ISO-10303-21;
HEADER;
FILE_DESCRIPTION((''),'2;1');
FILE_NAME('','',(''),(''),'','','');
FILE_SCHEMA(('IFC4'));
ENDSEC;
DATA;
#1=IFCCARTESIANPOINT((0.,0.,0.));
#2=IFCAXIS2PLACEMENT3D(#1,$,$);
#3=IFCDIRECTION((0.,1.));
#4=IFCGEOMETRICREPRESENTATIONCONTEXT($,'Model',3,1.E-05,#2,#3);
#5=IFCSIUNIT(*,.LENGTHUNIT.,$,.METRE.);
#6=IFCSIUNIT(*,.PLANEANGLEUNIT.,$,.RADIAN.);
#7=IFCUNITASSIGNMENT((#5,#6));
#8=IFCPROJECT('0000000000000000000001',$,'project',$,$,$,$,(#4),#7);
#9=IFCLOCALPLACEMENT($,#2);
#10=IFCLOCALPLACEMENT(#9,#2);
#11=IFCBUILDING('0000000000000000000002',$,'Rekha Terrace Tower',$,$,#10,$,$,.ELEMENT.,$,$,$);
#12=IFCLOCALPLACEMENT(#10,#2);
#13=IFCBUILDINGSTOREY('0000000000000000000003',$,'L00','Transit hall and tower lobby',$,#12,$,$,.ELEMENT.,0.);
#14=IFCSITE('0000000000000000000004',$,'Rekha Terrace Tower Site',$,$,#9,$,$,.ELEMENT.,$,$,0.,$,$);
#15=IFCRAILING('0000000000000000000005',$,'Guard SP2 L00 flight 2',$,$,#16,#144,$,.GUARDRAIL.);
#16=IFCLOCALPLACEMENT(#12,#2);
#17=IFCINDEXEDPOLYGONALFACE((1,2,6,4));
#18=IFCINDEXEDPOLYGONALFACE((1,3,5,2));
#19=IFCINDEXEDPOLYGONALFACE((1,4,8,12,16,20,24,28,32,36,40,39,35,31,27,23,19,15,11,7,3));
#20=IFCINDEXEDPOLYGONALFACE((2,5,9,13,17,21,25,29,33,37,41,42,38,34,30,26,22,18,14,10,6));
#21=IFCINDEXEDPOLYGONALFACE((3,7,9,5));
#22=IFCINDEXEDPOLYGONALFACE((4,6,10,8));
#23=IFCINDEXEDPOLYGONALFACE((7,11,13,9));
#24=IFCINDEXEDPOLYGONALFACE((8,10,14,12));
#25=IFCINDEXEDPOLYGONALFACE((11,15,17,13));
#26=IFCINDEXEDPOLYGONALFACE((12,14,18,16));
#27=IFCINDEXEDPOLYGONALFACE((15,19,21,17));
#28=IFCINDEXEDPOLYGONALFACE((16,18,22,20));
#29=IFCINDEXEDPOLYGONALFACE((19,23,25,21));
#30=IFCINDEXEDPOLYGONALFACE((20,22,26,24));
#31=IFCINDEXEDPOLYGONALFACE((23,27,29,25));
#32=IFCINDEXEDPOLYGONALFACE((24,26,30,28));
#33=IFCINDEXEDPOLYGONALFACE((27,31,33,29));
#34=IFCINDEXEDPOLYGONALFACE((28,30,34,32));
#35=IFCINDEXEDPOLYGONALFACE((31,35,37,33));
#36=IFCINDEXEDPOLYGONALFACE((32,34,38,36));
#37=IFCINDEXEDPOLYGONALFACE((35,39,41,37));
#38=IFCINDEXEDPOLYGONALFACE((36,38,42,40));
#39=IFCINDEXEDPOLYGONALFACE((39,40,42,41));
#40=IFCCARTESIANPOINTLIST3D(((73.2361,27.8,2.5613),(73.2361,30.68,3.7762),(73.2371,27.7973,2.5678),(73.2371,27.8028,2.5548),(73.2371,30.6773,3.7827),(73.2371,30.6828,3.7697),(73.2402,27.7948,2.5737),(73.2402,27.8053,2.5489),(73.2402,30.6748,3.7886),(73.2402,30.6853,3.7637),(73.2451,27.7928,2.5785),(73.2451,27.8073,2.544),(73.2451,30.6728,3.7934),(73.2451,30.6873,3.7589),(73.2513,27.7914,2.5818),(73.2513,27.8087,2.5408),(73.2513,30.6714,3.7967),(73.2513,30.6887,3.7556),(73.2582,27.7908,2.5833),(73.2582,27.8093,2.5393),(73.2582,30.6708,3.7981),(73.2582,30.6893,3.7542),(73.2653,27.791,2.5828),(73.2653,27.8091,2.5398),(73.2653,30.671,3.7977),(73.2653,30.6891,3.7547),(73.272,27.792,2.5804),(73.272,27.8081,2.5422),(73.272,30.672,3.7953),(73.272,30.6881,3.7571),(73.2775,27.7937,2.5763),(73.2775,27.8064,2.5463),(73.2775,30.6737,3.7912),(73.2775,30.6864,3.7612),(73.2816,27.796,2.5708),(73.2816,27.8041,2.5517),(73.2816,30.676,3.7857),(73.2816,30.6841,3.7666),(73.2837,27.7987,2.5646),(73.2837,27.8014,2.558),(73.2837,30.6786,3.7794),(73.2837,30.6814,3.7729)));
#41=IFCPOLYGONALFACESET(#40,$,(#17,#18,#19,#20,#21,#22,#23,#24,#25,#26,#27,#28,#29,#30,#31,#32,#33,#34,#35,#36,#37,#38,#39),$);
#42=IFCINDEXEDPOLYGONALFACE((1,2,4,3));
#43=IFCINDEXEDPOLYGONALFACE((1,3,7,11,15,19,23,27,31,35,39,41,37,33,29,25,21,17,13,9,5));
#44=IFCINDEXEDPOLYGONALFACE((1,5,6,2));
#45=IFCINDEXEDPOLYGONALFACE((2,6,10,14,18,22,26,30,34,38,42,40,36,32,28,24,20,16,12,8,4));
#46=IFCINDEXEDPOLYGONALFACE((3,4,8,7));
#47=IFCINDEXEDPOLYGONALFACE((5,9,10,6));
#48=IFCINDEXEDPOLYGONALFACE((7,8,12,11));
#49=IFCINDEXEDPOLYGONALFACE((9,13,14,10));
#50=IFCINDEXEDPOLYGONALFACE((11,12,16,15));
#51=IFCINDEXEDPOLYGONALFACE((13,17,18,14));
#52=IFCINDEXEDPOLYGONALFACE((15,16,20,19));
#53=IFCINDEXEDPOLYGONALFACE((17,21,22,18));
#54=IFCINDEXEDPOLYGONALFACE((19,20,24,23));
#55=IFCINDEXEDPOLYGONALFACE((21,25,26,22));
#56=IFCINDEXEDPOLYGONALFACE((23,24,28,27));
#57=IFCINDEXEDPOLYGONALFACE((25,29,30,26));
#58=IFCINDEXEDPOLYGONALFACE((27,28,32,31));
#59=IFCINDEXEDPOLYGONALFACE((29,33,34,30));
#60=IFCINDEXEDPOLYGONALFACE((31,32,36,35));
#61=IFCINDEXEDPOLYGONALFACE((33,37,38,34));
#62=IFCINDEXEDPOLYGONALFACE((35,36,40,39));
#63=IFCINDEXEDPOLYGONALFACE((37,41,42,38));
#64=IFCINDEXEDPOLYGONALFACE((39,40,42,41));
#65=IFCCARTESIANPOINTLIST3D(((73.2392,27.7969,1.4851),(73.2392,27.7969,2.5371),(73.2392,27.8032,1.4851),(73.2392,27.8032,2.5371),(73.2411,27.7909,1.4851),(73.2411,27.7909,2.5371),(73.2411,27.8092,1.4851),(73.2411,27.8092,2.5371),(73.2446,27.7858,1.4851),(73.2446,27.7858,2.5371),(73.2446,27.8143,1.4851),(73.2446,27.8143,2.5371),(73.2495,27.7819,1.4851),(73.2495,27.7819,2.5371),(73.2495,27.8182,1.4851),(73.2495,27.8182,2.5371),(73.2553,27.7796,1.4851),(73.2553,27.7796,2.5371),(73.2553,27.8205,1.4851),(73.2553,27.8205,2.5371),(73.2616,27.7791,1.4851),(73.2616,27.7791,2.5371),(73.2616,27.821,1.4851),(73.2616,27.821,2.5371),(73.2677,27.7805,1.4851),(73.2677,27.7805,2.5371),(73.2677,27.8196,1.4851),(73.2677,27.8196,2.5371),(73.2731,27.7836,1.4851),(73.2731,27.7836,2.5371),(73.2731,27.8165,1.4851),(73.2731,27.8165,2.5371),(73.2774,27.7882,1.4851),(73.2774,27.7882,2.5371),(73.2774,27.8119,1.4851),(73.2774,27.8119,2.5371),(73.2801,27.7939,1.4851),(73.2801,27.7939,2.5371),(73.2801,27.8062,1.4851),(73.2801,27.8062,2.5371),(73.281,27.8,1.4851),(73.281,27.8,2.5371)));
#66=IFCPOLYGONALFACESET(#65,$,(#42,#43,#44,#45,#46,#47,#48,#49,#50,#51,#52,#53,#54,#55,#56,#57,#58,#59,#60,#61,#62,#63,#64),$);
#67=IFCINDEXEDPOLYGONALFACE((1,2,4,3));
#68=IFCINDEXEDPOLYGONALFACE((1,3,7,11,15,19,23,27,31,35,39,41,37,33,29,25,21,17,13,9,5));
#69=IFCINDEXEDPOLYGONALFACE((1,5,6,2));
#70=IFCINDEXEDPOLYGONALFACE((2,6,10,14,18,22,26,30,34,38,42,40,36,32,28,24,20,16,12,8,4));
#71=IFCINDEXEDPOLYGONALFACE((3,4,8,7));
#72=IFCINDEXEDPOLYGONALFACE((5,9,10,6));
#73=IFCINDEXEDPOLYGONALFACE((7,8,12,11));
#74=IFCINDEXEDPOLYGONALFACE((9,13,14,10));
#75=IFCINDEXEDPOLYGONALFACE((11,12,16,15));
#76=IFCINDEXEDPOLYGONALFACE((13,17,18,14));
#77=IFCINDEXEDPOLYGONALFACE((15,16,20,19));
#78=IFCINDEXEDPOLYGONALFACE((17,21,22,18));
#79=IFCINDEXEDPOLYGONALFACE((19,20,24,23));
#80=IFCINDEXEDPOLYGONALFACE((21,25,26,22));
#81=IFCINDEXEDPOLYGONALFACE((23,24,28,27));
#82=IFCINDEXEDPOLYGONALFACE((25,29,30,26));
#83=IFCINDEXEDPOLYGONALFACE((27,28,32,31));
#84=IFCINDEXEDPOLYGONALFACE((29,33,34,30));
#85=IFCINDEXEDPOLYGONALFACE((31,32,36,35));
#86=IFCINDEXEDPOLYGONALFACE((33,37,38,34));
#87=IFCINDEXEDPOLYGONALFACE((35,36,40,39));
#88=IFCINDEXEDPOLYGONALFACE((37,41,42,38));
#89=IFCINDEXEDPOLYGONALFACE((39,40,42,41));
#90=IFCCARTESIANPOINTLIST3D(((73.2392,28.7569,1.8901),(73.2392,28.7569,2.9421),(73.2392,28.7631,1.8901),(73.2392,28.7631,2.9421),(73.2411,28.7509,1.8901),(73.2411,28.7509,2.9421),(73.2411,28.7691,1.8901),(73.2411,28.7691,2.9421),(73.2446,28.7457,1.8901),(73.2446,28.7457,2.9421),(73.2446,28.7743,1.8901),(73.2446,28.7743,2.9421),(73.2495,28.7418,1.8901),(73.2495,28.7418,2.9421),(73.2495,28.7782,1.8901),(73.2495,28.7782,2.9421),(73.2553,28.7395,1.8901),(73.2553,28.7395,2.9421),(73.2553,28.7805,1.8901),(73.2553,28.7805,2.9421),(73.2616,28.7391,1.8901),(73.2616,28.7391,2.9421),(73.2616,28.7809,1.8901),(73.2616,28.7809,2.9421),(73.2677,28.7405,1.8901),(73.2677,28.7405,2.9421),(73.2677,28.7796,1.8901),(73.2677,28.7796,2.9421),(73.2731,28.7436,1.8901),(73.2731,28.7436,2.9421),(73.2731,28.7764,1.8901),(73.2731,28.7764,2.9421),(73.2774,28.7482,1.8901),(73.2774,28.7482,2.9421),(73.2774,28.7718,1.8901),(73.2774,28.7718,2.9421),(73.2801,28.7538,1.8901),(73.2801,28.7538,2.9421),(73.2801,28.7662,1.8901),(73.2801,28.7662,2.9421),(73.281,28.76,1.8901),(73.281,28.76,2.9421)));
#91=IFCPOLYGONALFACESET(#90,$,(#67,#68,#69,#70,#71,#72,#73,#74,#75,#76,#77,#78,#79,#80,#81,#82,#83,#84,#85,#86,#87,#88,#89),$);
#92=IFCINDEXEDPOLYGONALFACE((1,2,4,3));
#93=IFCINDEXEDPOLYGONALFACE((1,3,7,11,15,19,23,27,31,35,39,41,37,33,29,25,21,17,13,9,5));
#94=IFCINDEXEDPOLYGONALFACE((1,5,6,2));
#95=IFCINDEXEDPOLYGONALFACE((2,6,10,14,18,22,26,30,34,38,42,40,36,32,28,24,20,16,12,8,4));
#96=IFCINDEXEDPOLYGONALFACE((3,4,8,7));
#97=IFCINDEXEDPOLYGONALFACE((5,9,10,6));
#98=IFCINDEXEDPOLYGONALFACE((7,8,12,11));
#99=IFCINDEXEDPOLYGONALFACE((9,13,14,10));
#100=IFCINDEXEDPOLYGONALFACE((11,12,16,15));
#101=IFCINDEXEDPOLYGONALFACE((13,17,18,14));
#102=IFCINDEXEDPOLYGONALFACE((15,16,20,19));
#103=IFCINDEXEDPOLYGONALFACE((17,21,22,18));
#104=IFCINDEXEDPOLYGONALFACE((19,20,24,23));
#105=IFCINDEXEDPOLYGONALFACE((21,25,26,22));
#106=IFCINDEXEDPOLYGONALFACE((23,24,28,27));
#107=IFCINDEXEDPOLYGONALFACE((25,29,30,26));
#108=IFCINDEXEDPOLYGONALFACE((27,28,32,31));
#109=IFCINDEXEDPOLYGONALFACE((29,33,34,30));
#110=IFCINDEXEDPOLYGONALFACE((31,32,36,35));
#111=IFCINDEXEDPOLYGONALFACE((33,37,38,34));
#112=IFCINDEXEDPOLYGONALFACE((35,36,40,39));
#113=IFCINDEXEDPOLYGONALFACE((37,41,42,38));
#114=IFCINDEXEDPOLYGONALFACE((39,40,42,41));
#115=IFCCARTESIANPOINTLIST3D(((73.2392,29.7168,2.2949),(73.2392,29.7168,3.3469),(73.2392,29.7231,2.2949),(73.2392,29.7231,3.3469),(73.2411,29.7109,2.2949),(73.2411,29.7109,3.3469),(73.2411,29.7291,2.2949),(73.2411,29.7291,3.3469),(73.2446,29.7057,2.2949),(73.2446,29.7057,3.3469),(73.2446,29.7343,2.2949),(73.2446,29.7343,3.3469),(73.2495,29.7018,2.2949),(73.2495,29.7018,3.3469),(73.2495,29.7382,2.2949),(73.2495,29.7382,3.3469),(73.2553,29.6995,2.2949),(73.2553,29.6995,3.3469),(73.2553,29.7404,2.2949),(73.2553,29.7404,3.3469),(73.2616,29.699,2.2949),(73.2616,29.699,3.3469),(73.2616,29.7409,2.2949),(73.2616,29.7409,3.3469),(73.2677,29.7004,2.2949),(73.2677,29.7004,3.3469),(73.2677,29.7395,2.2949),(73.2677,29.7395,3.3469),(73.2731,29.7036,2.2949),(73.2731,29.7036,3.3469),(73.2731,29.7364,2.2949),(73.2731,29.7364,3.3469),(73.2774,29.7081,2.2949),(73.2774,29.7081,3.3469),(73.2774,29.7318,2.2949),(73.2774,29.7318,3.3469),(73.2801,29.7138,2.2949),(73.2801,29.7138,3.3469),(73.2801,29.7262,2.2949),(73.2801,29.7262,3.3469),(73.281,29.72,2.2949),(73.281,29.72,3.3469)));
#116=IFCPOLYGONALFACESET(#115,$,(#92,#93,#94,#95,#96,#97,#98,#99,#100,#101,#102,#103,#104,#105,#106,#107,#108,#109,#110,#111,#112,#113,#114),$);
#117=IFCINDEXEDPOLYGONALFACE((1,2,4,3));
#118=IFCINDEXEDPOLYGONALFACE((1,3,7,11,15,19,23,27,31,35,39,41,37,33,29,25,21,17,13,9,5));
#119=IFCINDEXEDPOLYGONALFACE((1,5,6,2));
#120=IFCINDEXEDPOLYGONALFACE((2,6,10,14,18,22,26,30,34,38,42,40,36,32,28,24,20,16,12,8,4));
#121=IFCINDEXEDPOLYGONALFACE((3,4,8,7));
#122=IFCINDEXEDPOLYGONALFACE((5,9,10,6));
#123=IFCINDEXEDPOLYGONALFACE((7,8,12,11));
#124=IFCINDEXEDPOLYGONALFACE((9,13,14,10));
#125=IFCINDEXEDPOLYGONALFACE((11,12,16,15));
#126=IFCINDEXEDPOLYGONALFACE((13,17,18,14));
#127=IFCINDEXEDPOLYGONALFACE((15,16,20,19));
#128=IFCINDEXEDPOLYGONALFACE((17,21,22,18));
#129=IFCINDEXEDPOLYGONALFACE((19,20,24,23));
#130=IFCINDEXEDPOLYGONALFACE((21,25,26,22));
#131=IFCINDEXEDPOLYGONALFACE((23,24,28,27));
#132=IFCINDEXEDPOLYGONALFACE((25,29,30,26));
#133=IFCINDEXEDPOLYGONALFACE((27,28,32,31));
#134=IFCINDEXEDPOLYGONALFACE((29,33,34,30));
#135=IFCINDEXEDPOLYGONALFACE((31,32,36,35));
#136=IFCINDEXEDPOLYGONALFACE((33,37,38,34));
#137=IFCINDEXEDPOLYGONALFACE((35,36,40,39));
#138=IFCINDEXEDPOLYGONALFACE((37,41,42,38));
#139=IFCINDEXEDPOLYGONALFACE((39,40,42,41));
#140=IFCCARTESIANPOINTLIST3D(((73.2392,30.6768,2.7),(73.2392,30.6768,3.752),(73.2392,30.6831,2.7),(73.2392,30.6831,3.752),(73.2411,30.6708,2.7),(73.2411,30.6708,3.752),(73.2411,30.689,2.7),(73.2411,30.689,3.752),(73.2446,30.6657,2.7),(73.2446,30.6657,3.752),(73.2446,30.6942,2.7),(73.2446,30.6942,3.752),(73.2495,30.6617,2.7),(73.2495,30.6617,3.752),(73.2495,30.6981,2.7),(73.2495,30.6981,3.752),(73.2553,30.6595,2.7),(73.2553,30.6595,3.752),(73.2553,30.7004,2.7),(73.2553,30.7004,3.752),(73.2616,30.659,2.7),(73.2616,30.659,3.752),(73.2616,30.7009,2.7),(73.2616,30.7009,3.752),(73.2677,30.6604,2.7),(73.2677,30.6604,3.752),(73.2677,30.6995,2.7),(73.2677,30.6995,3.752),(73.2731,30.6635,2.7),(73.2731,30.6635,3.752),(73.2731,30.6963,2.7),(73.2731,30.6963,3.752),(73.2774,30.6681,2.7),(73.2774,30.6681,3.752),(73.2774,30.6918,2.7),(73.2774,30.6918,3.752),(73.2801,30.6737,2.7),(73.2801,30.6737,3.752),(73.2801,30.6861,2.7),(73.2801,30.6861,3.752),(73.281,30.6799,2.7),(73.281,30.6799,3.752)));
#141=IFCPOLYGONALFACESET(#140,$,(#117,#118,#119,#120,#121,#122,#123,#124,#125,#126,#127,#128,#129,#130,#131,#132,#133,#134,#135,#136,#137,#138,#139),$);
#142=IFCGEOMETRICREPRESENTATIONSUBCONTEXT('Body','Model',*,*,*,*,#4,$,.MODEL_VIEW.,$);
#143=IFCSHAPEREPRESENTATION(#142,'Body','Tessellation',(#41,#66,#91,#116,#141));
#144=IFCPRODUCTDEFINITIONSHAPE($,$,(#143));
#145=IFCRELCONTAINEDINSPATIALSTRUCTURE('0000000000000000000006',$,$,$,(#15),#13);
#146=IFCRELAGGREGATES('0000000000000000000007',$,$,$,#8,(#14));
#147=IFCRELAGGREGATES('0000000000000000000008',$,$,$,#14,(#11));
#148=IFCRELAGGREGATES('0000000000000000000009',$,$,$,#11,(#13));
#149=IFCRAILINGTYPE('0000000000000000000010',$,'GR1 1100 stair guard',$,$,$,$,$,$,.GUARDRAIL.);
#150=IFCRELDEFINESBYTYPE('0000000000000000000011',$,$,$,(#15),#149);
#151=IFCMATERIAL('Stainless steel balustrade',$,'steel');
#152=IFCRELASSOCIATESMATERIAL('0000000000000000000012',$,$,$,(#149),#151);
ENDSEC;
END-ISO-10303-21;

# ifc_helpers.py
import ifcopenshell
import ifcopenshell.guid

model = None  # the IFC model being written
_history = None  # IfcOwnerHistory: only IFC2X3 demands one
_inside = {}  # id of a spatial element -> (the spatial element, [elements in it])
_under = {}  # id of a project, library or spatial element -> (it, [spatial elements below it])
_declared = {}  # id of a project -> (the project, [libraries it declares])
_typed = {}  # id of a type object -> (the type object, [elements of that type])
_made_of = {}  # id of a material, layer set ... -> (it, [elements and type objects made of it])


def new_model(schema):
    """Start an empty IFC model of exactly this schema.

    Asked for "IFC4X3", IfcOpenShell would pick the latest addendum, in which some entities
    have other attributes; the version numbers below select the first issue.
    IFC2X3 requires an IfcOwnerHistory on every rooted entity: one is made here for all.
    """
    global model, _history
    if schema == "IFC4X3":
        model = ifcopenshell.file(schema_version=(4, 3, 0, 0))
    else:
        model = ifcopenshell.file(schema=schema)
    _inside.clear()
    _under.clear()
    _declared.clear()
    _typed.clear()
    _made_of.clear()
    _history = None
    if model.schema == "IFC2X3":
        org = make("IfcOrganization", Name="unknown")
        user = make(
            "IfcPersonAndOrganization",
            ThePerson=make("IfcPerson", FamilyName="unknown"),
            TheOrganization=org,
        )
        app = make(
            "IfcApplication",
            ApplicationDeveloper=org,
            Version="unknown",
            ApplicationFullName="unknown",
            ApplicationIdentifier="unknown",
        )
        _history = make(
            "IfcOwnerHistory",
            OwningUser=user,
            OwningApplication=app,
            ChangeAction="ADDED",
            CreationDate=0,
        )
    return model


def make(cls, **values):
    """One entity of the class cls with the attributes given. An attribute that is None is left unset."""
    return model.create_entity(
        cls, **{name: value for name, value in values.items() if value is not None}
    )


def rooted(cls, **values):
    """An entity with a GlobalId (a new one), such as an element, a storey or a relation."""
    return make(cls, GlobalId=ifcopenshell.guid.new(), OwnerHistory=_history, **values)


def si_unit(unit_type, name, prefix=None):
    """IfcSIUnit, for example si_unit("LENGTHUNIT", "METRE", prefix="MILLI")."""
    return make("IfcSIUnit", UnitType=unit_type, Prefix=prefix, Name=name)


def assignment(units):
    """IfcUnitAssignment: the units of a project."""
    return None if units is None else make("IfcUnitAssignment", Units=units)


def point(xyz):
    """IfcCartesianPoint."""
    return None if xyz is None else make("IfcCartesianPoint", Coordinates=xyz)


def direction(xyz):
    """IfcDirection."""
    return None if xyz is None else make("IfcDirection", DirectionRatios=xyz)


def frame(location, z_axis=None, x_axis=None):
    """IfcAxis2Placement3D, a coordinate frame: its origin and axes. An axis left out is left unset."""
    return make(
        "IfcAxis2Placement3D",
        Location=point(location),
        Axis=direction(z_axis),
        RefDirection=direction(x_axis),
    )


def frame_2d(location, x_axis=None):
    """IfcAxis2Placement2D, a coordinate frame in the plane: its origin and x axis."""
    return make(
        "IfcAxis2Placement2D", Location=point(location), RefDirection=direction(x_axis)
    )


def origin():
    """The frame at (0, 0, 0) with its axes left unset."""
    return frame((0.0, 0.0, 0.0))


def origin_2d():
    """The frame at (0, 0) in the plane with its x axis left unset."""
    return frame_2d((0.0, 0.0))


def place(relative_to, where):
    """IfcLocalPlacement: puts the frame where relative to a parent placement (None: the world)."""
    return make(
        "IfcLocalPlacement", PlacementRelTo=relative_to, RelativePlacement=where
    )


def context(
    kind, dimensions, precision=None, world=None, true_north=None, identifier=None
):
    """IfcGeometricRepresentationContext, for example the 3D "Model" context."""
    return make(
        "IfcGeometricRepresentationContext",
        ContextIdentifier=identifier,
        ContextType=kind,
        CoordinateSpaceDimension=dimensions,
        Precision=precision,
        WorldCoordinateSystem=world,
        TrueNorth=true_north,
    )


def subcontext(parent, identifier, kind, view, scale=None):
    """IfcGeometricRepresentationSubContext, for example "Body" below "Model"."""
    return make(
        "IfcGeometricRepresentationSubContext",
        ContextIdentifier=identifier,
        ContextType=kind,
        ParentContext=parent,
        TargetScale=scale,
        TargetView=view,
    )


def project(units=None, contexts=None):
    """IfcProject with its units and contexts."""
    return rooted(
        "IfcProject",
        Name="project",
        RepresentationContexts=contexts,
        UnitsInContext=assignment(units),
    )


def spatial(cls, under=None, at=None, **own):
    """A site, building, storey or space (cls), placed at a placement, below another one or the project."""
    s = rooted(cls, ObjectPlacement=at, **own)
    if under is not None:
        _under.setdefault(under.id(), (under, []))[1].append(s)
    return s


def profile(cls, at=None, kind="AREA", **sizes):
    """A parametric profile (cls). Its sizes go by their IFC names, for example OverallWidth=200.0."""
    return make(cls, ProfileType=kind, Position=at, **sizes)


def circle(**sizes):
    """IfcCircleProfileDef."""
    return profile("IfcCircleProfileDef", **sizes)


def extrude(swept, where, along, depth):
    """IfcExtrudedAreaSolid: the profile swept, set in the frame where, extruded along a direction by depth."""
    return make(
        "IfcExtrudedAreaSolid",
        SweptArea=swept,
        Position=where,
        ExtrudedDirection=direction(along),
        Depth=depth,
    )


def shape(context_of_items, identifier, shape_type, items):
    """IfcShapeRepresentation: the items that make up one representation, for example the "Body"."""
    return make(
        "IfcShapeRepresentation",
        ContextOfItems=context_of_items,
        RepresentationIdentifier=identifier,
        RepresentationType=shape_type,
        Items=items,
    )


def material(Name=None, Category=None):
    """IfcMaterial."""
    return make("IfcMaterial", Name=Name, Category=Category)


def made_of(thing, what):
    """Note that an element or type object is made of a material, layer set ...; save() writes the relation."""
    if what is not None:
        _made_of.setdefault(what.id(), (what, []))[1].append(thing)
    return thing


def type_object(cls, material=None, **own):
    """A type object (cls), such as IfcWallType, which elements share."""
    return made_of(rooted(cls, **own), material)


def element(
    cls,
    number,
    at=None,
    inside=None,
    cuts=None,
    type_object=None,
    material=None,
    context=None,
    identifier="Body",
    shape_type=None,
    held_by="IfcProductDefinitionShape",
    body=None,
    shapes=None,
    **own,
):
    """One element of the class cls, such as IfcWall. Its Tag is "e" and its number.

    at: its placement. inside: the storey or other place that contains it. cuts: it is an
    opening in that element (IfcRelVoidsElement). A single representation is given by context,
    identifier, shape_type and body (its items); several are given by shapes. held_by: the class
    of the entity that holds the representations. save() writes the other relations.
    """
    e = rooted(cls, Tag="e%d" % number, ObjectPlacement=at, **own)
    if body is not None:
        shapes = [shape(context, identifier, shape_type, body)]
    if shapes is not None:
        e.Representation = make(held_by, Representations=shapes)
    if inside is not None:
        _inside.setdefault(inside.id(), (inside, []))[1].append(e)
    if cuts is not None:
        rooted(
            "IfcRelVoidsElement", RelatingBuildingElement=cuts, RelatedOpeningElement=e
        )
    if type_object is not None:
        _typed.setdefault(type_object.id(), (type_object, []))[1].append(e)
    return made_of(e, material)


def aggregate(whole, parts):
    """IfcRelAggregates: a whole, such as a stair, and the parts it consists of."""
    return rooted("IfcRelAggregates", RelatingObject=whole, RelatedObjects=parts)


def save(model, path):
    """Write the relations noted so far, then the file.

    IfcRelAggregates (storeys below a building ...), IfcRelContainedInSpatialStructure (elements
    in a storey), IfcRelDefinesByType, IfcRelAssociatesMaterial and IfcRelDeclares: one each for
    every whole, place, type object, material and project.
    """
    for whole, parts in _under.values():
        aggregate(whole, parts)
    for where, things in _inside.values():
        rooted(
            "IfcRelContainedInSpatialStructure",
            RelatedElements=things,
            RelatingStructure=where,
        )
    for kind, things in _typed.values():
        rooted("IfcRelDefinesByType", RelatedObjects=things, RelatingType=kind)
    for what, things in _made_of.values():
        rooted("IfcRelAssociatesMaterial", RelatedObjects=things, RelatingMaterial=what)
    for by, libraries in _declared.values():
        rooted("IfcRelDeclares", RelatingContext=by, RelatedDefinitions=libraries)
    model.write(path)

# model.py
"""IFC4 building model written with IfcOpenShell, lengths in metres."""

from ifc_helpers import new_model, si_unit, direction, frame, origin, origin_2d, place, context, subcontext, project, spatial, circle, extrude, material, type_object, element, save


model = new_model("IFC4")

# Units and contexts
model_context = context("Model", 3, precision=1e-05, world=origin(), true_north=direction((0.0, 1.0)))
body_context = subcontext(model_context, "Body", "Model", "MODEL_VIEW")
ifc_project = project(units=[si_unit("LENGTHUNIT", "METRE"), si_unit("PLANEANGLEUNIT", "RADIAN")], contexts=[model_context])

# Site, building, storey
site_placement = place(None, origin())
site = spatial("IfcSite", under=ifc_project, at=site_placement, Name="Rekha Terrace Tower Site", CompositionType="ELEMENT", RefElevation=0.0)
building_placement = place(site_placement, origin())
building = spatial("IfcBuilding", under=site, at=building_placement, Name="Rekha Terrace Tower", CompositionType="ELEMENT")
storey_placement = place(building_placement, origin())
storey = spatial("IfcBuildingStorey", under=building, at=storey_placement, Name="L00", Description="Transit hall and tower lobby", CompositionType="ELEMENT", Elevation=0.0)

# Railing
ifc_material_1 = material(Name="Stainless steel balustrade", Category="steel")
railing_type_1 = type_object("IfcRailingType", Name="GR1 1100 stair guard", PredefinedType="GUARDRAIL", material=ifc_material_1)
railing_1_placement = place(storey_placement, frame((73.26, 27.8, 1.4851)))
element("IfcRailing", 1, at=railing_1_placement, inside=storey, type_object=railing_type_1, Name="Guard SP2 L00 flight 2", PredefinedType="GUARDRAIL", context=body_context, shape_type="SweptSolid", body=[
    extrude(circle(Radius=0.0239, at=origin_2d()), frame((0.0, 0.0, 1.0762), z_axis=(0.0, 0.921376, 0.388671), x_axis=(-1.0, 0.0, 0.0)), (0.0, 0.0, 1.0), 3.1257),
    extrude(circle(Radius=0.021, at=origin_2d()), origin(), (0.0, 0.0, 1.0), 1.052),
    extrude(circle(Radius=0.021, at=origin_2d()), frame((0.0, 0.96, 0.405)), (0.0, 0.0, 1.0), 1.052),
    extrude(circle(Radius=0.021, at=origin_2d()), frame((0.0, 1.9199, 0.8098)), (0.0, 0.0, 1.0), 1.052),
    extrude(circle(Radius=0.021, at=origin_2d()), frame((0.0, 2.8799, 1.2148)), (0.0, 0.0, 1.0), 1.052),
])

save(model, "model.ifc")
